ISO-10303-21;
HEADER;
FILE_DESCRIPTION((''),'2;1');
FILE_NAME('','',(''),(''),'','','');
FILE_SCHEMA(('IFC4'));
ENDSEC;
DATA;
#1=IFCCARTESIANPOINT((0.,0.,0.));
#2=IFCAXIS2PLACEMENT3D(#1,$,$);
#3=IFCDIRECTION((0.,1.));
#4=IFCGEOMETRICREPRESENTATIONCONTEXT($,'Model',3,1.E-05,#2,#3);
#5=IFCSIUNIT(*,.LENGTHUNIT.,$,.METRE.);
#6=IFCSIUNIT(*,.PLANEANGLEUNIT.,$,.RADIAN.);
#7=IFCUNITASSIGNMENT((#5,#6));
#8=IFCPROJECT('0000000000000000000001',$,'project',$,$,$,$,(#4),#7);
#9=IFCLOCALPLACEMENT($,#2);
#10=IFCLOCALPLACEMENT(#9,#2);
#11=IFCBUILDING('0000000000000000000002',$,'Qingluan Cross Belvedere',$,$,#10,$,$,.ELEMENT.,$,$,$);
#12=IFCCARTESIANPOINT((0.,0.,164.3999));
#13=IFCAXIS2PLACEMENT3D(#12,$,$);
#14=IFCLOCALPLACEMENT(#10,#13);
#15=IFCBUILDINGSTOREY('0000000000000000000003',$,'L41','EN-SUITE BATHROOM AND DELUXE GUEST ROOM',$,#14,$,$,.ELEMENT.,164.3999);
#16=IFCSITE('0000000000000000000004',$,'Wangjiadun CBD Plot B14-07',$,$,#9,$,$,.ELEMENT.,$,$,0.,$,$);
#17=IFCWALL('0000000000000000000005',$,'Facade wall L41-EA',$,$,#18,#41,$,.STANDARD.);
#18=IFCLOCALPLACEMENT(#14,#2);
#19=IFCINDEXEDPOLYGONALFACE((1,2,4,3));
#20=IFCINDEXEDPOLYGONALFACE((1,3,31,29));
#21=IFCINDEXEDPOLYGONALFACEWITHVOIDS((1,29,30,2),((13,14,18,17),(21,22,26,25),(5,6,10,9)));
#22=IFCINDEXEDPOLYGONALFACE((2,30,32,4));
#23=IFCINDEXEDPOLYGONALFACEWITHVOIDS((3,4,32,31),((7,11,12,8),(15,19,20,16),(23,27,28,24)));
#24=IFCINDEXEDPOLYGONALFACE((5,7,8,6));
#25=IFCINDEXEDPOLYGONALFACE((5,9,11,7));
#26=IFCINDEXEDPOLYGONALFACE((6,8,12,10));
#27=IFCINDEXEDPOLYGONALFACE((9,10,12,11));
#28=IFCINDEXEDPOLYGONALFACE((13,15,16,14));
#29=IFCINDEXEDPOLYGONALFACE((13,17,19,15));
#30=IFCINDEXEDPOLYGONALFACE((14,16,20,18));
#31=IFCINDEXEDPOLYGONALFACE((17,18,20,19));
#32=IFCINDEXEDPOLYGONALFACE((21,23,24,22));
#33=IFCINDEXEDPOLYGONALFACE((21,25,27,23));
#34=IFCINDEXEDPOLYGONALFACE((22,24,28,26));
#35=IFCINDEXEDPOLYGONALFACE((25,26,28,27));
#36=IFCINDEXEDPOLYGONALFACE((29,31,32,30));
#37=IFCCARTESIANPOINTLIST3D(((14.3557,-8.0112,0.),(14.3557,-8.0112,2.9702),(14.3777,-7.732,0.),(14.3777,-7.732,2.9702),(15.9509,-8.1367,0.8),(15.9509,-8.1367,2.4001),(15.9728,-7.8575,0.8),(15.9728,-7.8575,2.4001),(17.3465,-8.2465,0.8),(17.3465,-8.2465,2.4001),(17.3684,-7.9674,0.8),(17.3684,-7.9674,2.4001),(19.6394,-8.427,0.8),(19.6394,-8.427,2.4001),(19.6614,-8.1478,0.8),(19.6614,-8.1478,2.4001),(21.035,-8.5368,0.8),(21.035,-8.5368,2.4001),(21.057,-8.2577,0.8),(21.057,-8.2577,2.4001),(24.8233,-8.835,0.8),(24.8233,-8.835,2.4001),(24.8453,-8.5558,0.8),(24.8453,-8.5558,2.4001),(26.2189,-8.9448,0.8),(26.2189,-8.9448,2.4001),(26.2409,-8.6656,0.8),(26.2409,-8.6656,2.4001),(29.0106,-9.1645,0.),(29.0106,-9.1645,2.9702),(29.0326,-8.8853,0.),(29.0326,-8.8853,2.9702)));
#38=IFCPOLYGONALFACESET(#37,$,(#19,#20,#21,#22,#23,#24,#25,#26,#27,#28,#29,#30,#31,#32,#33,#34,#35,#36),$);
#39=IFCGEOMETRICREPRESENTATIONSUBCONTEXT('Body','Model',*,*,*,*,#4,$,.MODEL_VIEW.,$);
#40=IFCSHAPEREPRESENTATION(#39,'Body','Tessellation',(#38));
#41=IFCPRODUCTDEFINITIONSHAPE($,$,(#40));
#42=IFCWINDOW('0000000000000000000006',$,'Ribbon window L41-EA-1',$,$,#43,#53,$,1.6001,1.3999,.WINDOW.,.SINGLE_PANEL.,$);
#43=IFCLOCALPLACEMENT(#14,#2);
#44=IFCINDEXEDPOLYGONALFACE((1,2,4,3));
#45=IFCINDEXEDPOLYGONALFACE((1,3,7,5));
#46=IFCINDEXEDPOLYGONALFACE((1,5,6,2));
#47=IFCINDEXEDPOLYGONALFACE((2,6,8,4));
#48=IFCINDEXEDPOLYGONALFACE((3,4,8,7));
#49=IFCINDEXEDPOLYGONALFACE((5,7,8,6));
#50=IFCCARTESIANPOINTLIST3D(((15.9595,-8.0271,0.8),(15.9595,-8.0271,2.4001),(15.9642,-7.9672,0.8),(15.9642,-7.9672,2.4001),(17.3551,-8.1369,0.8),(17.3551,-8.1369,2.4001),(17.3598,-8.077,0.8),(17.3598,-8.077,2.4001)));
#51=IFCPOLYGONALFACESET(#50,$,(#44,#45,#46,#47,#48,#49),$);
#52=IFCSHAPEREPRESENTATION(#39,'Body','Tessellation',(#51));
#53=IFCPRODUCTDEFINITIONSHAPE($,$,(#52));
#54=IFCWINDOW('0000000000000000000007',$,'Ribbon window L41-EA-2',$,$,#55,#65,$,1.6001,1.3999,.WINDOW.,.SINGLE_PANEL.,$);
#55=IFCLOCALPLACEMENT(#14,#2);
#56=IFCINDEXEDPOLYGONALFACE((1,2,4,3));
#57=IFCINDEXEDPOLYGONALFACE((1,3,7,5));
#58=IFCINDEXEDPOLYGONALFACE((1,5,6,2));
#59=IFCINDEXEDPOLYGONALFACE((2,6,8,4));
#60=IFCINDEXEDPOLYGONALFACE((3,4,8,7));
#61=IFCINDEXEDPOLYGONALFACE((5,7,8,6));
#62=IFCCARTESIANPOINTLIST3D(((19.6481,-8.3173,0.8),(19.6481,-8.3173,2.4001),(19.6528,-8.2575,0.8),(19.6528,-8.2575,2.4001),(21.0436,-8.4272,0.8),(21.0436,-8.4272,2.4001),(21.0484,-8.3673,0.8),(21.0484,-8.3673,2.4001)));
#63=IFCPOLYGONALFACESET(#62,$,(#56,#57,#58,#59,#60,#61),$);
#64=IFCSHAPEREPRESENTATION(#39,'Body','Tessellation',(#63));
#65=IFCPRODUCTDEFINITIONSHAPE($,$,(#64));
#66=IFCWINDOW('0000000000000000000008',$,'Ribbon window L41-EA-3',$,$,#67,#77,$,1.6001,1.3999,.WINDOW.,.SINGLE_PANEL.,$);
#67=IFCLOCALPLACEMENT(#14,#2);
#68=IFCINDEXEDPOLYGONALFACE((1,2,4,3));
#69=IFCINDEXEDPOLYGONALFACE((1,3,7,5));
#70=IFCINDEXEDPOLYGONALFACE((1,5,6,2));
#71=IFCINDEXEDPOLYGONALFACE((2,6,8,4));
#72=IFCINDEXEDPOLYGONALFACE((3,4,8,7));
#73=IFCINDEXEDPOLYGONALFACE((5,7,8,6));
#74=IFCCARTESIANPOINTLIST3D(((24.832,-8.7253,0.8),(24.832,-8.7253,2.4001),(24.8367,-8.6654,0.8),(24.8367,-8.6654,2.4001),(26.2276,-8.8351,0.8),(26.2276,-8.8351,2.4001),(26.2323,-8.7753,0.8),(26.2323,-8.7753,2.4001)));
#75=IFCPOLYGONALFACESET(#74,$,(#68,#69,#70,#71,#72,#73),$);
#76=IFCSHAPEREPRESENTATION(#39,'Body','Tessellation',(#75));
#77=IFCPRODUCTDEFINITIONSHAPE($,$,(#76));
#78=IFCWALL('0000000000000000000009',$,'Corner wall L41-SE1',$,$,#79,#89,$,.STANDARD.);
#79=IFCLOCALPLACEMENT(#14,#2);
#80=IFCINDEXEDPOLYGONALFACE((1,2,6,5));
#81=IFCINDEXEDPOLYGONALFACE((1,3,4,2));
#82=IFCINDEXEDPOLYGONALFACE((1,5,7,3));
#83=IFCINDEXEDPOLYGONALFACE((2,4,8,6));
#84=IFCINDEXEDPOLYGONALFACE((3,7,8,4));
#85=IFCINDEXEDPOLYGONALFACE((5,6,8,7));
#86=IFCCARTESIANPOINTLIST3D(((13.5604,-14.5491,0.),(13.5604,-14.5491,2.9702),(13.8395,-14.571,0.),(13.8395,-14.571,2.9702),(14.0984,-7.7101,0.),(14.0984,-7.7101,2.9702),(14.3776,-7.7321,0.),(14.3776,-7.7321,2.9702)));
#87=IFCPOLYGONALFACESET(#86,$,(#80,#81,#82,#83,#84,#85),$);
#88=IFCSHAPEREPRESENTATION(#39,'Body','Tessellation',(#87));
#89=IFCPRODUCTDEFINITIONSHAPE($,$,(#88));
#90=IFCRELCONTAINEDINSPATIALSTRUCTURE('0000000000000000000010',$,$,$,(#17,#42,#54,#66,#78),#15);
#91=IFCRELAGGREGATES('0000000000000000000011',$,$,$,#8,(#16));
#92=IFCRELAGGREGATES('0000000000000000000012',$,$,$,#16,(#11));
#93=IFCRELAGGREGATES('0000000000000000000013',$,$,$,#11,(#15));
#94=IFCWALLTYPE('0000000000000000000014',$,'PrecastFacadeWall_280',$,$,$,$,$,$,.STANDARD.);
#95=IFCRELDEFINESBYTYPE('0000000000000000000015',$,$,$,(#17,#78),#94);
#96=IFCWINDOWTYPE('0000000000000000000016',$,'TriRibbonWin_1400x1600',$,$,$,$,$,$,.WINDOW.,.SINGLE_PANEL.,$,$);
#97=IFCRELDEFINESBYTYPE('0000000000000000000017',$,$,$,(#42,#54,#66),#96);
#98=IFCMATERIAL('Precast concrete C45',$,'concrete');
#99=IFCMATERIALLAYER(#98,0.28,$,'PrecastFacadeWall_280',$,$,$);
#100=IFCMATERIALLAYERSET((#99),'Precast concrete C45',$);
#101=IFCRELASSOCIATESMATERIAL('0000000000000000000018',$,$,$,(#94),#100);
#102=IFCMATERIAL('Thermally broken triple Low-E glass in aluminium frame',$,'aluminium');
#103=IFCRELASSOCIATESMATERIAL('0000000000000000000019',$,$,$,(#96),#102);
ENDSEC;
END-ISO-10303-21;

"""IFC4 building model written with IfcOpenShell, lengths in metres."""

from ifc_helpers import new_model, si_unit, direction, frame, frame_2d, origin, place, context, subcontext, project, spatial, rectangle, extrude, material, layer, layer_set, type_object, element, fill, save


model = new_model("IFC4")

# Units and contexts
model_context = context("Model", 3, precision=1e-05, world=origin(), true_north=direction((0.0, 1.0)))
body_context = subcontext(model_context, "Body", "Model", "MODEL_VIEW")
ifc_project = project(units=[si_unit("LENGTHUNIT", "METRE"), si_unit("PLANEANGLEUNIT", "RADIAN")], contexts=[model_context])

# Site, building, storey
site_placement = place(None, origin())
site = spatial("IfcSite", under=ifc_project, at=site_placement, Name="Wangjiadun CBD Plot B14-07", CompositionType="ELEMENT", RefElevation=0.0)
building_placement = place(site_placement, origin())
building = spatial("IfcBuilding", under=site, at=building_placement, Name="Qingluan Cross Belvedere", CompositionType="ELEMENT")
storey_placement = place(building_placement, frame((0.0, 0.0, 164.3999)))
storey = spatial("IfcBuildingStorey", under=building, at=storey_placement, Name="L41", Description="EN-SUITE BATHROOM AND DELUXE GUEST ROOM", CompositionType="ELEMENT", Elevation=164.3999)

# Wall, openings, windows
ifc_material_1 = material(Name="Precast concrete C45", Category="concrete")
ifc_layer_1 = layer(ifc_material_1, 0.28, Name="PrecastFacadeWall_280")
ifc_layer_set_1 = layer_set([ifc_layer_1], Name="Precast concrete C45")
wall_type_1 = type_object("IfcWallType", Name="PrecastFacadeWall_280", PredefinedType="STANDARD", material=ifc_layer_set_1)
wall_1_placement = place(storey_placement, frame((14.3667, -7.8716, 0.0), z_axis=(0.0, 0.0, 1.0), x_axis=(0.996918, -0.078457, 0.0)))
wall_1 = element("IfcWall", 1, at=wall_1_placement, inside=storey, type_object=wall_type_1, Name="Facade wall L41-EA", PredefinedType="STANDARD", context=body_context, shape_type="SweptSolid", body=[
    extrude(rectangle(XDim=14.7002, YDim=0.28, at=frame_2d((7.3501, 0.0))), origin(), (0.0, 0.0, 1.0), 2.9702),
])
opening_1_placement = place(wall_1_placement, frame((1.6001, 0.0, 0.8)))
opening_1 = element("IfcOpeningElement", 2, at=opening_1_placement, cuts=wall_1, PredefinedType="OPENING", context=body_context, shape_type="SweptSolid", body=[
    extrude(rectangle(XDim=1.3999, YDim=1.6001, at=frame_2d((0.7, 0.8))), frame((0.0, 0.1499, 0.0), z_axis=(0.0, -1.0, 0.0), x_axis=(1.0, 0.0, 0.0)), (0.0, 0.0, 1.0), 0.3),
])
opening_2_placement = place(wall_1_placement, frame((5.3, 0.0, 0.8)))
opening_2 = element("IfcOpeningElement", 3, at=opening_2_placement, cuts=wall_1, PredefinedType="OPENING", context=body_context, shape_type="SweptSolid", body=[
    extrude(rectangle(XDim=1.3999, YDim=1.6001, at=frame_2d((0.7, 0.8))), frame((0.0, 0.1499, 0.0), z_axis=(0.0, -1.0, 0.0), x_axis=(1.0, 0.0, 0.0)), (0.0, 0.0, 1.0), 0.3),
])
opening_3_placement = place(wall_1_placement, frame((10.5, 0.0, 0.8)))
opening_3 = element("IfcOpeningElement", 4, at=opening_3_placement, cuts=wall_1, PredefinedType="OPENING", context=body_context, shape_type="SweptSolid", body=[
    extrude(rectangle(XDim=1.3999, YDim=1.6001, at=frame_2d((0.7, 0.8))), frame((0.0, 0.1499, 0.0), z_axis=(0.0, -1.0, 0.0), x_axis=(1.0, 0.0, 0.0)), (0.0, 0.0, 1.0), 0.3),
])
ifc_material_2 = material(Name="Thermally broken triple Low-E glass in aluminium frame", Category="aluminium")
window_type = type_object("IfcWindowType", Name="TriRibbonWin_1400x1600", PartitioningType="SINGLE_PANEL", PredefinedType="WINDOW", material=ifc_material_2)
window_1_placement = place(opening_1_placement, origin())
window_1 = element("IfcWindow", 5, at=window_1_placement, inside=storey, type_object=window_type, Name="Ribbon window L41-EA-1", OverallHeight=1.6001, OverallWidth=1.3999, PartitioningType="SINGLE_PANEL", PredefinedType="WINDOW", context=body_context, shape_type="SweptSolid", body=[
    extrude(rectangle(XDim=1.3999, YDim=1.6001, at=frame_2d((0.7, 0.8))), frame((0.0, 0.03, 0.0), z_axis=(0.0, -1.0, 0.0), x_axis=(1.0, 0.0, 0.0)), (0.0, 0.0, 1.0), 0.0601),
])
fill(opening_1, window_1)
window_2_placement = place(opening_2_placement, origin())
window_2 = element("IfcWindow", 6, at=window_2_placement, inside=storey, type_object=window_type, Name="Ribbon window L41-EA-2", OverallHeight=1.6001, OverallWidth=1.3999, PartitioningType="SINGLE_PANEL", PredefinedType="WINDOW", context=body_context, shape_type="SweptSolid", body=[
    extrude(rectangle(XDim=1.3999, YDim=1.6001, at=frame_2d((0.7, 0.8))), frame((0.0, 0.03, 0.0), z_axis=(0.0, -1.0, 0.0), x_axis=(1.0, 0.0, 0.0)), (0.0, 0.0, 1.0), 0.0601),
])
fill(opening_2, window_2)
window_3_placement = place(opening_3_placement, origin())
window_3 = element("IfcWindow", 7, at=window_3_placement, inside=storey, type_object=window_type, Name="Ribbon window L41-EA-3", OverallHeight=1.6001, OverallWidth=1.3999, PartitioningType="SINGLE_PANEL", PredefinedType="WINDOW", context=body_context, shape_type="SweptSolid", body=[
    extrude(rectangle(XDim=1.3999, YDim=1.6001, at=frame_2d((0.7, 0.8))), frame((0.0, 0.03, 0.0), z_axis=(0.0, -1.0, 0.0), x_axis=(1.0, 0.0, 0.0)), (0.0, 0.0, 1.0), 0.0601),
])
fill(opening_3, window_3)

# Wall
wall_2_placement = place(storey_placement, frame((14.238, -7.7209, 0.0), z_axis=(0.0, 0.0, 1.0), x_axis=(-0.078438, -0.996919, 0.0)))
element("IfcWall", 8, at=wall_2_placement, inside=storey, type_object=wall_type_1, Name="Corner wall L41-SE1", PredefinedType="STANDARD", context=body_context, shape_type="SweptSolid", body=[
    extrude(rectangle(XDim=6.8601, YDim=0.28, at=frame_2d((3.4302, 0.0))), origin(), (0.0, 0.0, 1.0), 2.9702),
])

save(model, "model.ifc")
